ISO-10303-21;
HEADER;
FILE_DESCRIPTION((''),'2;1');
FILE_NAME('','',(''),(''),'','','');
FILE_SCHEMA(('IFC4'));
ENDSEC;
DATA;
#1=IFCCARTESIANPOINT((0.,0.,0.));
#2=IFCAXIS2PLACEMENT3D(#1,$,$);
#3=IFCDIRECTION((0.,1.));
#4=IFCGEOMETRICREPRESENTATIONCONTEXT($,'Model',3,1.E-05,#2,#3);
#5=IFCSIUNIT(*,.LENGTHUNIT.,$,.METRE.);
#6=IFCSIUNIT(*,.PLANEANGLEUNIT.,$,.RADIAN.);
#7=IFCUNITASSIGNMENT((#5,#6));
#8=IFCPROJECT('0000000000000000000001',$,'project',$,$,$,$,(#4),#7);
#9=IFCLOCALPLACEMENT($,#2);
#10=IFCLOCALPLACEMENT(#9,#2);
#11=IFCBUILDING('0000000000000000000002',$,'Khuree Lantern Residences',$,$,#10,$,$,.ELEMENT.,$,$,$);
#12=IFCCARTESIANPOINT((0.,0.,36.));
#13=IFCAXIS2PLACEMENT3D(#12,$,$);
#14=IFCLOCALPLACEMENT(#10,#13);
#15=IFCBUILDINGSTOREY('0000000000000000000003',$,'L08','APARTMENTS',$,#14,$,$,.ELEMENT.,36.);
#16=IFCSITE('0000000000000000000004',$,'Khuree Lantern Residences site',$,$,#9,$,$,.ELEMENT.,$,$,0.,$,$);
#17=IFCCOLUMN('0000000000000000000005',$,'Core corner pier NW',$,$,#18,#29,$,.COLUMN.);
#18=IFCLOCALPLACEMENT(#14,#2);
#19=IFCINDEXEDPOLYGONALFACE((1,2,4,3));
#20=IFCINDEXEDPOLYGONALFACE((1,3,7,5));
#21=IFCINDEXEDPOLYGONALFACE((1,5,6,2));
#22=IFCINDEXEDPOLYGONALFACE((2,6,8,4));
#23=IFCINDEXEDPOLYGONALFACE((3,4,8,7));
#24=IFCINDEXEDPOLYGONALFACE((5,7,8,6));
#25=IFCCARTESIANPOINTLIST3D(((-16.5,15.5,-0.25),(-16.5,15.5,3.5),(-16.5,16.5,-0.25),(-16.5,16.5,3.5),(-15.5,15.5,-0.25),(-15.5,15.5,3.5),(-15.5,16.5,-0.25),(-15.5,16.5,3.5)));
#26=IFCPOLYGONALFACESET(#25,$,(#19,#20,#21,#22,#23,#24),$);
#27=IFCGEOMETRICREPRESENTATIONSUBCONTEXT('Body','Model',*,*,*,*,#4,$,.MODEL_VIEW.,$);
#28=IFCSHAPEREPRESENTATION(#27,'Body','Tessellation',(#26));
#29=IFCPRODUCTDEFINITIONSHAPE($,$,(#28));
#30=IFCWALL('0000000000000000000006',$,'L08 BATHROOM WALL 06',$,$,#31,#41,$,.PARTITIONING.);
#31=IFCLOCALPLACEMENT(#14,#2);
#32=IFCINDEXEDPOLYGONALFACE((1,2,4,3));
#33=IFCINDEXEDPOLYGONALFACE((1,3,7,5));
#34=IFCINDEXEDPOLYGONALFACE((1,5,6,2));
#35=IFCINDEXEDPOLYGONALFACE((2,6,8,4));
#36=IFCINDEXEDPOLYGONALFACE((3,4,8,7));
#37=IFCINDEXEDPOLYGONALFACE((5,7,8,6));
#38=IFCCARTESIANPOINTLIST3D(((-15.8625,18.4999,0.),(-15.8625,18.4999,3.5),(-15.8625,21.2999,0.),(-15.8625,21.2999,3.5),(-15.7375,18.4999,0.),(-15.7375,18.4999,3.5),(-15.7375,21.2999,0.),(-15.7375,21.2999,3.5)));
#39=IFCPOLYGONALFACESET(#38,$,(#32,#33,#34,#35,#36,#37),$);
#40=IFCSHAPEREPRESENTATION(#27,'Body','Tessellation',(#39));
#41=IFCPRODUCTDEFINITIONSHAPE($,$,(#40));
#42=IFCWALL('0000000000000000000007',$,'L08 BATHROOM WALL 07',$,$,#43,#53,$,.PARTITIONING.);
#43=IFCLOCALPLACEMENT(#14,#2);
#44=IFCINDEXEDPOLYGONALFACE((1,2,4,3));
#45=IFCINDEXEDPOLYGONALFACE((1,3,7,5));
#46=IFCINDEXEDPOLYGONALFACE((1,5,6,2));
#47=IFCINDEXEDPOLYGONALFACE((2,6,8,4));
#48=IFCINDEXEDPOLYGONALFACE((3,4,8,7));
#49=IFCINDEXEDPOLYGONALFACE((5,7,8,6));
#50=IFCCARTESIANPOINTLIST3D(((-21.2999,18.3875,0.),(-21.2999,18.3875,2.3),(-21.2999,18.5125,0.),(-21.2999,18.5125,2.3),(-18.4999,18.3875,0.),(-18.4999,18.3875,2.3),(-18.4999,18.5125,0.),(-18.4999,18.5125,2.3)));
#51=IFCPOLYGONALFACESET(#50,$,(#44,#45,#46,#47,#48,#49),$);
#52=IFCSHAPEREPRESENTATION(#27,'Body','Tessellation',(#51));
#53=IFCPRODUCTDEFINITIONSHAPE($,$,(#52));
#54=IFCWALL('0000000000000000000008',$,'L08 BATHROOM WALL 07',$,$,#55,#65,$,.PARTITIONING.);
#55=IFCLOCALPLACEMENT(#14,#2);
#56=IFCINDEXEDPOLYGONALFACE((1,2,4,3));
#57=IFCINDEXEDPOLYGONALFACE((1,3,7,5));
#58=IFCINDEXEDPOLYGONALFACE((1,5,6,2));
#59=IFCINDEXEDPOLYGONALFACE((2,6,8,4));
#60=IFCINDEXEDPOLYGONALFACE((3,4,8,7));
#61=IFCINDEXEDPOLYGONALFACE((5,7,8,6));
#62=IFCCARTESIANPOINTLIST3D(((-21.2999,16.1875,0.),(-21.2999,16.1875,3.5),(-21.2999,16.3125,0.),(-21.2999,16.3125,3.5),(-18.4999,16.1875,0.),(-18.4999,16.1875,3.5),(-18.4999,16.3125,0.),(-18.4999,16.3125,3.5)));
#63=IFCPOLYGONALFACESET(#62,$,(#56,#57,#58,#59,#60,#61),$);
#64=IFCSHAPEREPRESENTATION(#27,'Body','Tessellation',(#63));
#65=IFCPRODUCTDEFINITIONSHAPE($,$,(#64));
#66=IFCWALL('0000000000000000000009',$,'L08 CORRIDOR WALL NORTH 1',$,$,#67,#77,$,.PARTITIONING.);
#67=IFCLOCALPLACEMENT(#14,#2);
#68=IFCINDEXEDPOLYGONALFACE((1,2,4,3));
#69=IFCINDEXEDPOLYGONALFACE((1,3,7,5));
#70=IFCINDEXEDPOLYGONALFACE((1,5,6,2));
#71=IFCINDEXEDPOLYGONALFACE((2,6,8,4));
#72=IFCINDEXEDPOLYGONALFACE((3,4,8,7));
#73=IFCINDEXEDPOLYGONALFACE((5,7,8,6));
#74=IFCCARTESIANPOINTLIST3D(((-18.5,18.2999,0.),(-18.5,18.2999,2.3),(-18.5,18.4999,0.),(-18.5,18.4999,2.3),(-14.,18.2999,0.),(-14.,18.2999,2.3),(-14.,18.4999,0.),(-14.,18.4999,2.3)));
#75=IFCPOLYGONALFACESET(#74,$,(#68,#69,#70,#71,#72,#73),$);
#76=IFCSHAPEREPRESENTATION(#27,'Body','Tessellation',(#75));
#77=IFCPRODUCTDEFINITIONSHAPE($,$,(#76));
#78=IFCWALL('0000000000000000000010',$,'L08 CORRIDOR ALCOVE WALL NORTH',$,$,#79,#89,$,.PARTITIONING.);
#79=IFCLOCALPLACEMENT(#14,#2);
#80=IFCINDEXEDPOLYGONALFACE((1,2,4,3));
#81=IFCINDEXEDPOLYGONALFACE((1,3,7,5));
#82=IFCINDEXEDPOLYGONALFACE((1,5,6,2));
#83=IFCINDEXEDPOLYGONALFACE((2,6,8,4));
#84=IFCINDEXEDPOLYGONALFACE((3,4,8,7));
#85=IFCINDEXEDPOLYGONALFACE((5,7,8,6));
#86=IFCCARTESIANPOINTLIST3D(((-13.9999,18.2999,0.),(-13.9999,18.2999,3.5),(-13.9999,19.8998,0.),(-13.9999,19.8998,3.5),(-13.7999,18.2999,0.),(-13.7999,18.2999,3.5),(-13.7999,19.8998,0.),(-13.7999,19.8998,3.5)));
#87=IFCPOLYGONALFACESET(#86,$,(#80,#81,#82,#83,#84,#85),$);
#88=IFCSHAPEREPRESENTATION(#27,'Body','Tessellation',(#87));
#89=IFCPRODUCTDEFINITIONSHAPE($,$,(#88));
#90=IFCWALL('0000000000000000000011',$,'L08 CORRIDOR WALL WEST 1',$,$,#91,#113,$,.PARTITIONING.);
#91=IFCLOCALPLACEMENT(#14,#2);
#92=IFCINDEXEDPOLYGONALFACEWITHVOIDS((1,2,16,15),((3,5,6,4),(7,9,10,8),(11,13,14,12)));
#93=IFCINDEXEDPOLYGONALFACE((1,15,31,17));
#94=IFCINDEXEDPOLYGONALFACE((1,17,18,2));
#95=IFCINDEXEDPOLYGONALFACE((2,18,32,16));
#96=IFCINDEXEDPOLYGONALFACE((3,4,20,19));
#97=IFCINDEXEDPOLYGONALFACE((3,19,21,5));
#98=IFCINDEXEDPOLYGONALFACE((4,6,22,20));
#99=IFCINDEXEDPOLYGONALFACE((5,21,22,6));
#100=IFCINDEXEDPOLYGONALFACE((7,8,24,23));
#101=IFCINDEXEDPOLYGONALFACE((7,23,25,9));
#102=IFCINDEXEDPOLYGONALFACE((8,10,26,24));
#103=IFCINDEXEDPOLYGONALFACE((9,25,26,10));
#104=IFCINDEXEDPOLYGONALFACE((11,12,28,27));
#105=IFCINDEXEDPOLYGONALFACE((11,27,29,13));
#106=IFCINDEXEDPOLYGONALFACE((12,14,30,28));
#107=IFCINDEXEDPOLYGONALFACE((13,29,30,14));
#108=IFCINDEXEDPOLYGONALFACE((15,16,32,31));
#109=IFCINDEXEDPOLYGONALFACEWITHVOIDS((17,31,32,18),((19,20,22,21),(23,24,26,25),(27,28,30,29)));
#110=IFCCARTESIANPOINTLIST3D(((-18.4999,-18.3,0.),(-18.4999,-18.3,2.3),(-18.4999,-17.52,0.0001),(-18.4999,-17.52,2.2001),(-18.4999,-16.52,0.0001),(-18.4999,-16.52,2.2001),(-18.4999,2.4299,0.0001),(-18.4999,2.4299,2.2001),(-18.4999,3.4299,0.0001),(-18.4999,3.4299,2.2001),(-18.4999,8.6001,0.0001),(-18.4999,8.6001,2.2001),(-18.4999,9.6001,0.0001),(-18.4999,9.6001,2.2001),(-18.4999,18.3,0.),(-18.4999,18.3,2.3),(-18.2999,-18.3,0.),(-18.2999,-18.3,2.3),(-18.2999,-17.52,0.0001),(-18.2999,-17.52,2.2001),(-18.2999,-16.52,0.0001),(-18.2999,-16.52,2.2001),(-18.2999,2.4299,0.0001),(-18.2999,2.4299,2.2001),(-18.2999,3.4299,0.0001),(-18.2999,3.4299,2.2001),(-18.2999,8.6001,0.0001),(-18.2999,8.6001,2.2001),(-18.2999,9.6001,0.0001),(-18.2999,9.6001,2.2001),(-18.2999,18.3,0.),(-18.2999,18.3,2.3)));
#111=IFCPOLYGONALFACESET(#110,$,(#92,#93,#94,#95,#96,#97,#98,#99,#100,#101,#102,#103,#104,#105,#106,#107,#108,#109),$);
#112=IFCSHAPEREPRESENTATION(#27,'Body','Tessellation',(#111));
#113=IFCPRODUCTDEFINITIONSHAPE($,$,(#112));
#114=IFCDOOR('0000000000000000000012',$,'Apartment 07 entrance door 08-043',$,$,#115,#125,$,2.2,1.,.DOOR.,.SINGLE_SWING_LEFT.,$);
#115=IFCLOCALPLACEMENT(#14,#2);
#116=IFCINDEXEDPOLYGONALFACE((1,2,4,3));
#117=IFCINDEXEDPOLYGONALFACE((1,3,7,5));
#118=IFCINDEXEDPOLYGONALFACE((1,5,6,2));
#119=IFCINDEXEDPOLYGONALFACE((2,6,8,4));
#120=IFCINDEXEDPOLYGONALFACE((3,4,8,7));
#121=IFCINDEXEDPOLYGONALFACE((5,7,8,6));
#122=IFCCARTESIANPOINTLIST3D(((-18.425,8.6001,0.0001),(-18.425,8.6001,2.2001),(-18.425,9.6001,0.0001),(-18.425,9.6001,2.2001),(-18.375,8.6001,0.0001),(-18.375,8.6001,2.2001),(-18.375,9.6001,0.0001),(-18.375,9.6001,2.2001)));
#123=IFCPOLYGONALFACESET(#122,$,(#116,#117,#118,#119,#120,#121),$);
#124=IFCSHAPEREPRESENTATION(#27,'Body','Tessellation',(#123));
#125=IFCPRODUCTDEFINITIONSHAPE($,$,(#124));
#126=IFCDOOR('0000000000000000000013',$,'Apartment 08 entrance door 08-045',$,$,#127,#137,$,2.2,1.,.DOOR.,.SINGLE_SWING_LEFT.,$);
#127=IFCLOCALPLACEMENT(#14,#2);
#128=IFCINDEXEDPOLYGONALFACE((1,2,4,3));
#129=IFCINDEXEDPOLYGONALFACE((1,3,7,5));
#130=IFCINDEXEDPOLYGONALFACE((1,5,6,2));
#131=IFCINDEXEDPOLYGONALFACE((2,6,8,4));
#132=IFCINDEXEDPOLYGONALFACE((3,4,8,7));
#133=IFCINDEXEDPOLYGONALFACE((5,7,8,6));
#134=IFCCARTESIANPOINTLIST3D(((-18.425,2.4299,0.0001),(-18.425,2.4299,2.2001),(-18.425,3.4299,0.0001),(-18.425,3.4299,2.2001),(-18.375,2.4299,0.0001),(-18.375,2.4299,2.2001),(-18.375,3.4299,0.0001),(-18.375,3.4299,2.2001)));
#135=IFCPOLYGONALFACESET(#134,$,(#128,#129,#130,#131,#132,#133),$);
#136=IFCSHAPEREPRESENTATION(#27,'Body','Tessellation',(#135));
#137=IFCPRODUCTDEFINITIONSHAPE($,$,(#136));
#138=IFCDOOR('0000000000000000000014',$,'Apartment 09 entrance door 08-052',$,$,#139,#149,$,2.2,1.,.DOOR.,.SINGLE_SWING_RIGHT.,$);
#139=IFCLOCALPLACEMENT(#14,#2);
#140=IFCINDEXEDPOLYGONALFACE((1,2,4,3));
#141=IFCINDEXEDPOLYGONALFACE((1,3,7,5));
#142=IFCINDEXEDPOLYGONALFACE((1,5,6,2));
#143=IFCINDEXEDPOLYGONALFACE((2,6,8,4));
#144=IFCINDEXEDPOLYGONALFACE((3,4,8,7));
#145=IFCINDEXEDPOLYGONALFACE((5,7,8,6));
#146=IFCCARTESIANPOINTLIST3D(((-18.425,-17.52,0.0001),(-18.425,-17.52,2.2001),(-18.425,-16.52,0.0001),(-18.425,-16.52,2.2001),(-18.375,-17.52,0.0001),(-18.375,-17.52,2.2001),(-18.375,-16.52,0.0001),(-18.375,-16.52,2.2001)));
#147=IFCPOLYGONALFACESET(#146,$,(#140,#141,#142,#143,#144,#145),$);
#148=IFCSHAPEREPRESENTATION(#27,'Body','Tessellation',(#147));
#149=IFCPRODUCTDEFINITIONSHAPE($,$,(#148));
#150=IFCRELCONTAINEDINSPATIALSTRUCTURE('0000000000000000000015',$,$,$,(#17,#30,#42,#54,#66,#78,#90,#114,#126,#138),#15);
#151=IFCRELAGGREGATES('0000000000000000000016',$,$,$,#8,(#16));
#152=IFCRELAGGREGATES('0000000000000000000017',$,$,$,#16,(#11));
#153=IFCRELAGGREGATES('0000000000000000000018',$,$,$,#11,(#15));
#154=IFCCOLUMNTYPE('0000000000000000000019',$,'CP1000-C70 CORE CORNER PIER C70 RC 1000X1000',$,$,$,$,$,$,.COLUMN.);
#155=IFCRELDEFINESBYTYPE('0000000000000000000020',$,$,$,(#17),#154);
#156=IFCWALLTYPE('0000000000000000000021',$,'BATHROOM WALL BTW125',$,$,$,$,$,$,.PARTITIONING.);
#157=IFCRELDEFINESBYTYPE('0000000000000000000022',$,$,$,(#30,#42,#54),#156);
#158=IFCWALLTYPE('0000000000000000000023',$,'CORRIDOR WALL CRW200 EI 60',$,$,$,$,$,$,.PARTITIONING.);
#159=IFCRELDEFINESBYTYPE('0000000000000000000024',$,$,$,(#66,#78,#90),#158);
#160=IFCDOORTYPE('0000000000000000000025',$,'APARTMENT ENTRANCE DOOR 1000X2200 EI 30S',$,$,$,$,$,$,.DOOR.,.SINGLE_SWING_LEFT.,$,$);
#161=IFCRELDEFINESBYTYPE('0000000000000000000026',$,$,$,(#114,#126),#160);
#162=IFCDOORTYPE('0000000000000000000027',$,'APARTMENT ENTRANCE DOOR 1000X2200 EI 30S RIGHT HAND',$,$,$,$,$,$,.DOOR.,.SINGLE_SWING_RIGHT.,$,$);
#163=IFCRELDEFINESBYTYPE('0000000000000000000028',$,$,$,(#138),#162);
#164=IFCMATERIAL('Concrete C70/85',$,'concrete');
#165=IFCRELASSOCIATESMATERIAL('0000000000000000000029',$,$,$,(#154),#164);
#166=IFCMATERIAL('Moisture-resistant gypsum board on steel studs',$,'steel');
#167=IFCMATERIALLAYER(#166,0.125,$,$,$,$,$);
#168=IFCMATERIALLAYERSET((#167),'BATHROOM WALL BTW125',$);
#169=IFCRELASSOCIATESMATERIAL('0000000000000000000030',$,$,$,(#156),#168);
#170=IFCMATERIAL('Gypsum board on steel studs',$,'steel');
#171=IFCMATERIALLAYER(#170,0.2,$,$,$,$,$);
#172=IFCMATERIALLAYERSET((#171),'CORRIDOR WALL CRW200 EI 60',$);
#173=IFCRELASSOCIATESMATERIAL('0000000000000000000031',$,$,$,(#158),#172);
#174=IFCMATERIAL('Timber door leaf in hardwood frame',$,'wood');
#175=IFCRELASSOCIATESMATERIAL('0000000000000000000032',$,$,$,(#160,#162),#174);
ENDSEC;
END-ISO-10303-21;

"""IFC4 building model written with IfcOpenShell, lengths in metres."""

from ifc_helpers import new_model, si_unit, direction, frame, frame_2d, origin, origin_2d, place, context, subcontext, project, spatial, rectangle, extrude, material, layer, layer_set, material_profile, profile_set, type_object, element, fill, save


model = new_model("IFC4")

# Units and contexts
model_context = context("Model", 3, precision=1e-05, world=origin(), true_north=direction((0.0, 1.0)))
body_context = subcontext(model_context, "Body", "Model", "MODEL_VIEW")
ifc_project = project(units=[si_unit("LENGTHUNIT", "METRE"), si_unit("PLANEANGLEUNIT", "RADIAN")], contexts=[model_context])

# Site, building, storey
site_placement = place(None, origin())
site = spatial("IfcSite", under=ifc_project, at=site_placement, Name="Khuree Lantern Residences site", CompositionType="ELEMENT", RefElevation=0.0)
building_placement = place(site_placement, origin())
building = spatial("IfcBuilding", under=site, at=building_placement, Name="Khuree Lantern Residences", CompositionType="ELEMENT")
storey_placement = place(building_placement, frame((0.0, 0.0, 36.0)))
storey = spatial("IfcBuildingStorey", under=building, at=storey_placement, Name="L08", Description="APARTMENTS", CompositionType="ELEMENT", Elevation=36.0)

# Column
ifc_material_1 = material(Name="Concrete C70/85", Category="concrete")
ifc_material_profile = material_profile(ifc_material_1, rectangle(XDim=1.0, YDim=1.0, at=origin_2d()), Name="RC 1000X1000")
ifc_profile_set = profile_set([ifc_material_profile], Name="Concrete C70/85")
column_type = type_object("IfcColumnType", Name="CP1000-C70 CORE CORNER PIER C70 RC 1000X1000", PredefinedType="COLUMN", material=ifc_profile_set)
column_placement = place(storey_placement, frame((-16.0, 16.0, -0.25), z_axis=(0.0, 0.0, 1.0), x_axis=(1.0, 0.0, 0.0)))
element("IfcColumn", 1, at=column_placement, inside=storey, type_object=column_type, Name="Core corner pier NW", PredefinedType="COLUMN", context=body_context, shape_type="SweptSolid", body=[
    extrude(rectangle(XDim=1.0, YDim=1.0, at=origin_2d()), origin(), (0.0, 0.0, 1.0), 3.75),
])

# Walls
ifc_material_2 = material(Name="Moisture-resistant gypsum board on steel studs", Category="steel")
ifc_layer_1 = layer(ifc_material_2, 0.125)
ifc_layer_set_1 = layer_set([ifc_layer_1], Name="BATHROOM WALL BTW125")
wall_type_1 = type_object("IfcWallType", Name="BATHROOM WALL BTW125", PredefinedType="PARTITIONING", material=ifc_layer_set_1)
wall_1_placement = place(storey_placement, frame((-15.8, 18.5, 0.0), z_axis=(0.0, 0.0, 1.0), x_axis=(0.0, 1.0, 0.0)))
element("IfcWall", 2, at=wall_1_placement, inside=storey, type_object=wall_type_1, Name="L08 BATHROOM WALL 06", PredefinedType="PARTITIONING", context=body_context, shape_type="SweptSolid", body=[
    extrude(rectangle(XDim=2.8, YDim=0.125, at=frame_2d((1.3999, 0.0))), origin(), (0.0, 0.0, 1.0), 3.5),
])
wall_2_placement = place(storey_placement, frame((-18.5, 18.45, 0.0), z_axis=(0.0, 0.0, 1.0), x_axis=(-1.0, 0.0, 0.0)))
element("IfcWall", 3, at=wall_2_placement, inside=storey, type_object=wall_type_1, Name="L08 BATHROOM WALL 07", PredefinedType="PARTITIONING", context=body_context, shape_type="SweptSolid", body=[
    extrude(rectangle(XDim=2.8, YDim=0.125, at=frame_2d((1.3999, 0.0))), origin(), (0.0, 0.0, 1.0), 2.3),
])
wall_3_placement = place(storey_placement, frame((-18.5, 16.25, 0.0), z_axis=(0.0, 0.0, 1.0), x_axis=(-1.0, 0.0, 0.0)))
element("IfcWall", 4, at=wall_3_placement, inside=storey, type_object=wall_type_1, Name="L08 BATHROOM WALL 07", PredefinedType="PARTITIONING", context=body_context, shape_type="SweptSolid", body=[
    extrude(rectangle(XDim=2.8, YDim=0.125, at=frame_2d((1.3999, 0.0))), origin(), (0.0, 0.0, 1.0), 3.5),
])
ifc_material_3 = material(Name="Gypsum board on steel studs", Category="steel")
ifc_layer_2 = layer(ifc_material_3, 0.2)
ifc_layer_set_2 = layer_set([ifc_layer_2], Name="CORRIDOR WALL CRW200 EI 60")
wall_type_2 = type_object("IfcWallType", Name="CORRIDOR WALL CRW200 EI 60", PredefinedType="PARTITIONING", material=ifc_layer_set_2)
wall_4_placement = place(storey_placement, frame((-18.5, 18.3999, 0.0), z_axis=(0.0, 0.0, 1.0), x_axis=(1.0, 0.0, 0.0)))
element("IfcWall", 5, at=wall_4_placement, inside=storey, type_object=wall_type_2, Name="L08 CORRIDOR WALL NORTH 1", PredefinedType="PARTITIONING", context=body_context, shape_type="SweptSolid", body=[
    extrude(rectangle(XDim=4.5, YDim=0.2, at=frame_2d((2.25, 0.0))), origin(), (0.0, 0.0, 1.0), 2.3),
])
wall_5_placement = place(storey_placement, frame((-13.8999, 18.3, 0.0), z_axis=(0.0, 0.0, 1.0), x_axis=(0.0, 1.0, 0.0)))
element("IfcWall", 6, at=wall_5_placement, inside=storey, type_object=wall_type_2, Name="L08 CORRIDOR ALCOVE WALL NORTH", PredefinedType="PARTITIONING", context=body_context, shape_type="SweptSolid", body=[
    extrude(rectangle(XDim=1.5999, YDim=0.2, at=frame_2d((0.7998, 0.0))), origin(), (0.0, 0.0, 1.0), 3.5),
])

# Wall, openings, doors
wall_6_placement = place(storey_placement, frame((-18.3999, 18.3, 0.0), z_axis=(0.0, 0.0, 1.0), x_axis=(0.0, -1.0, 0.0)))
wall_6 = element("IfcWall", 7, at=wall_6_placement, inside=storey, type_object=wall_type_2, Name="L08 CORRIDOR WALL WEST 1", PredefinedType="PARTITIONING", context=body_context, shape_type="SweptSolid", body=[
    extrude(rectangle(XDim=36.6001, YDim=0.2, at=frame_2d((18.3, 0.0))), origin(), (0.0, 0.0, 1.0), 2.3),
])
opening_1_placement = place(wall_6_placement, frame((8.7, 0.0, 0.0)))
opening_1 = element("IfcOpeningElement", 8, at=opening_1_placement, cuts=wall_6, PredefinedType="OPENING", context=body_context, shape_type="SweptSolid", body=[
    extrude(rectangle(XDim=1.0, YDim=2.2, at=frame_2d((0.5, 1.1001))), frame((0.0, 0.1099, 0.0), z_axis=(0.0, -1.0, 0.0), x_axis=(1.0, 0.0, 0.0)), (0.0, 0.0, 1.0), 0.22),
])
opening_2_placement = place(wall_6_placement, frame((14.8701, 0.0, 0.0)))
opening_2 = element("IfcOpeningElement", 9, at=opening_2_placement, cuts=wall_6, PredefinedType="OPENING", context=body_context, shape_type="SweptSolid", body=[
    extrude(rectangle(XDim=1.0, YDim=2.2, at=frame_2d((0.5, 1.1001))), frame((0.0, 0.1099, 0.0), z_axis=(0.0, -1.0, 0.0), x_axis=(1.0, 0.0, 0.0)), (0.0, 0.0, 1.0), 0.22),
])
opening_3_placement = place(wall_6_placement, frame((34.8201, 0.0, 0.0)))
opening_3 = element("IfcOpeningElement", 10, at=opening_3_placement, cuts=wall_6, PredefinedType="OPENING", context=body_context, shape_type="SweptSolid", body=[
    extrude(rectangle(XDim=1.0, YDim=2.2, at=frame_2d((0.5, 1.1001))), frame((0.0, 0.1099, 0.0), z_axis=(0.0, -1.0, 0.0), x_axis=(1.0, 0.0, 0.0)), (0.0, 0.0, 1.0), 0.22),
])
ifc_material_4 = material(Name="Timber door leaf in hardwood frame", Category="wood")
door_type_1 = type_object("IfcDoorType", Name="APARTMENT ENTRANCE DOOR 1000X2200 EI 30S", OperationType="SINGLE_SWING_LEFT", PredefinedType="DOOR", material=ifc_material_4)
door_1_placement = place(opening_1_placement, origin())
door_1 = element("IfcDoor", 11, at=door_1_placement, inside=storey, type_object=door_type_1, Name="Apartment 07 entrance door 08-043", OperationType="SINGLE_SWING_LEFT", OverallHeight=2.2, OverallWidth=1.0, PredefinedType="DOOR", context=body_context, shape_type="SweptSolid", body=[
    extrude(rectangle(XDim=1.0, YDim=2.2, at=frame_2d((0.5, 1.1001))), frame((0.0, 0.0249, 0.0), z_axis=(0.0, -1.0, 0.0), x_axis=(1.0, 0.0, 0.0)), (0.0, 0.0, 1.0), 0.05),
])
fill(opening_1, door_1)
door_2_placement = place(opening_2_placement, origin())
door_2 = element("IfcDoor", 12, at=door_2_placement, inside=storey, type_object=door_type_1, Name="Apartment 08 entrance door 08-045", OperationType="SINGLE_SWING_LEFT", OverallHeight=2.2, OverallWidth=1.0, PredefinedType="DOOR", context=body_context, shape_type="SweptSolid", body=[
    extrude(rectangle(XDim=1.0, YDim=2.2, at=frame_2d((0.5, 1.1001))), frame((0.0, 0.0249, 0.0), z_axis=(0.0, -1.0, 0.0), x_axis=(1.0, 0.0, 0.0)), (0.0, 0.0, 1.0), 0.05),
])
fill(opening_2, door_2)
door_type_2 = type_object("IfcDoorType", Name="APARTMENT ENTRANCE DOOR 1000X2200 EI 30S RIGHT HAND", OperationType="SINGLE_SWING_RIGHT", PredefinedType="DOOR", material=ifc_material_4)
door_3_placement = place(opening_3_placement, origin())
door_3 = element("IfcDoor", 13, at=door_3_placement, inside=storey, type_object=door_type_2, Name="Apartment 09 entrance door 08-052", OperationType="SINGLE_SWING_RIGHT", OverallHeight=2.2, OverallWidth=1.0, PredefinedType="DOOR", context=body_context, shape_type="SweptSolid", body=[
    extrude(rectangle(XDim=1.0, YDim=2.2, at=frame_2d((0.5, 1.1001))), frame((0.0, 0.0249, 0.0), z_axis=(0.0, -1.0, 0.0), x_axis=(1.0, 0.0, 0.0)), (0.0, 0.0, 1.0), 0.05),
])
fill(opening_3, door_3)

save(model, "model.ifc")
